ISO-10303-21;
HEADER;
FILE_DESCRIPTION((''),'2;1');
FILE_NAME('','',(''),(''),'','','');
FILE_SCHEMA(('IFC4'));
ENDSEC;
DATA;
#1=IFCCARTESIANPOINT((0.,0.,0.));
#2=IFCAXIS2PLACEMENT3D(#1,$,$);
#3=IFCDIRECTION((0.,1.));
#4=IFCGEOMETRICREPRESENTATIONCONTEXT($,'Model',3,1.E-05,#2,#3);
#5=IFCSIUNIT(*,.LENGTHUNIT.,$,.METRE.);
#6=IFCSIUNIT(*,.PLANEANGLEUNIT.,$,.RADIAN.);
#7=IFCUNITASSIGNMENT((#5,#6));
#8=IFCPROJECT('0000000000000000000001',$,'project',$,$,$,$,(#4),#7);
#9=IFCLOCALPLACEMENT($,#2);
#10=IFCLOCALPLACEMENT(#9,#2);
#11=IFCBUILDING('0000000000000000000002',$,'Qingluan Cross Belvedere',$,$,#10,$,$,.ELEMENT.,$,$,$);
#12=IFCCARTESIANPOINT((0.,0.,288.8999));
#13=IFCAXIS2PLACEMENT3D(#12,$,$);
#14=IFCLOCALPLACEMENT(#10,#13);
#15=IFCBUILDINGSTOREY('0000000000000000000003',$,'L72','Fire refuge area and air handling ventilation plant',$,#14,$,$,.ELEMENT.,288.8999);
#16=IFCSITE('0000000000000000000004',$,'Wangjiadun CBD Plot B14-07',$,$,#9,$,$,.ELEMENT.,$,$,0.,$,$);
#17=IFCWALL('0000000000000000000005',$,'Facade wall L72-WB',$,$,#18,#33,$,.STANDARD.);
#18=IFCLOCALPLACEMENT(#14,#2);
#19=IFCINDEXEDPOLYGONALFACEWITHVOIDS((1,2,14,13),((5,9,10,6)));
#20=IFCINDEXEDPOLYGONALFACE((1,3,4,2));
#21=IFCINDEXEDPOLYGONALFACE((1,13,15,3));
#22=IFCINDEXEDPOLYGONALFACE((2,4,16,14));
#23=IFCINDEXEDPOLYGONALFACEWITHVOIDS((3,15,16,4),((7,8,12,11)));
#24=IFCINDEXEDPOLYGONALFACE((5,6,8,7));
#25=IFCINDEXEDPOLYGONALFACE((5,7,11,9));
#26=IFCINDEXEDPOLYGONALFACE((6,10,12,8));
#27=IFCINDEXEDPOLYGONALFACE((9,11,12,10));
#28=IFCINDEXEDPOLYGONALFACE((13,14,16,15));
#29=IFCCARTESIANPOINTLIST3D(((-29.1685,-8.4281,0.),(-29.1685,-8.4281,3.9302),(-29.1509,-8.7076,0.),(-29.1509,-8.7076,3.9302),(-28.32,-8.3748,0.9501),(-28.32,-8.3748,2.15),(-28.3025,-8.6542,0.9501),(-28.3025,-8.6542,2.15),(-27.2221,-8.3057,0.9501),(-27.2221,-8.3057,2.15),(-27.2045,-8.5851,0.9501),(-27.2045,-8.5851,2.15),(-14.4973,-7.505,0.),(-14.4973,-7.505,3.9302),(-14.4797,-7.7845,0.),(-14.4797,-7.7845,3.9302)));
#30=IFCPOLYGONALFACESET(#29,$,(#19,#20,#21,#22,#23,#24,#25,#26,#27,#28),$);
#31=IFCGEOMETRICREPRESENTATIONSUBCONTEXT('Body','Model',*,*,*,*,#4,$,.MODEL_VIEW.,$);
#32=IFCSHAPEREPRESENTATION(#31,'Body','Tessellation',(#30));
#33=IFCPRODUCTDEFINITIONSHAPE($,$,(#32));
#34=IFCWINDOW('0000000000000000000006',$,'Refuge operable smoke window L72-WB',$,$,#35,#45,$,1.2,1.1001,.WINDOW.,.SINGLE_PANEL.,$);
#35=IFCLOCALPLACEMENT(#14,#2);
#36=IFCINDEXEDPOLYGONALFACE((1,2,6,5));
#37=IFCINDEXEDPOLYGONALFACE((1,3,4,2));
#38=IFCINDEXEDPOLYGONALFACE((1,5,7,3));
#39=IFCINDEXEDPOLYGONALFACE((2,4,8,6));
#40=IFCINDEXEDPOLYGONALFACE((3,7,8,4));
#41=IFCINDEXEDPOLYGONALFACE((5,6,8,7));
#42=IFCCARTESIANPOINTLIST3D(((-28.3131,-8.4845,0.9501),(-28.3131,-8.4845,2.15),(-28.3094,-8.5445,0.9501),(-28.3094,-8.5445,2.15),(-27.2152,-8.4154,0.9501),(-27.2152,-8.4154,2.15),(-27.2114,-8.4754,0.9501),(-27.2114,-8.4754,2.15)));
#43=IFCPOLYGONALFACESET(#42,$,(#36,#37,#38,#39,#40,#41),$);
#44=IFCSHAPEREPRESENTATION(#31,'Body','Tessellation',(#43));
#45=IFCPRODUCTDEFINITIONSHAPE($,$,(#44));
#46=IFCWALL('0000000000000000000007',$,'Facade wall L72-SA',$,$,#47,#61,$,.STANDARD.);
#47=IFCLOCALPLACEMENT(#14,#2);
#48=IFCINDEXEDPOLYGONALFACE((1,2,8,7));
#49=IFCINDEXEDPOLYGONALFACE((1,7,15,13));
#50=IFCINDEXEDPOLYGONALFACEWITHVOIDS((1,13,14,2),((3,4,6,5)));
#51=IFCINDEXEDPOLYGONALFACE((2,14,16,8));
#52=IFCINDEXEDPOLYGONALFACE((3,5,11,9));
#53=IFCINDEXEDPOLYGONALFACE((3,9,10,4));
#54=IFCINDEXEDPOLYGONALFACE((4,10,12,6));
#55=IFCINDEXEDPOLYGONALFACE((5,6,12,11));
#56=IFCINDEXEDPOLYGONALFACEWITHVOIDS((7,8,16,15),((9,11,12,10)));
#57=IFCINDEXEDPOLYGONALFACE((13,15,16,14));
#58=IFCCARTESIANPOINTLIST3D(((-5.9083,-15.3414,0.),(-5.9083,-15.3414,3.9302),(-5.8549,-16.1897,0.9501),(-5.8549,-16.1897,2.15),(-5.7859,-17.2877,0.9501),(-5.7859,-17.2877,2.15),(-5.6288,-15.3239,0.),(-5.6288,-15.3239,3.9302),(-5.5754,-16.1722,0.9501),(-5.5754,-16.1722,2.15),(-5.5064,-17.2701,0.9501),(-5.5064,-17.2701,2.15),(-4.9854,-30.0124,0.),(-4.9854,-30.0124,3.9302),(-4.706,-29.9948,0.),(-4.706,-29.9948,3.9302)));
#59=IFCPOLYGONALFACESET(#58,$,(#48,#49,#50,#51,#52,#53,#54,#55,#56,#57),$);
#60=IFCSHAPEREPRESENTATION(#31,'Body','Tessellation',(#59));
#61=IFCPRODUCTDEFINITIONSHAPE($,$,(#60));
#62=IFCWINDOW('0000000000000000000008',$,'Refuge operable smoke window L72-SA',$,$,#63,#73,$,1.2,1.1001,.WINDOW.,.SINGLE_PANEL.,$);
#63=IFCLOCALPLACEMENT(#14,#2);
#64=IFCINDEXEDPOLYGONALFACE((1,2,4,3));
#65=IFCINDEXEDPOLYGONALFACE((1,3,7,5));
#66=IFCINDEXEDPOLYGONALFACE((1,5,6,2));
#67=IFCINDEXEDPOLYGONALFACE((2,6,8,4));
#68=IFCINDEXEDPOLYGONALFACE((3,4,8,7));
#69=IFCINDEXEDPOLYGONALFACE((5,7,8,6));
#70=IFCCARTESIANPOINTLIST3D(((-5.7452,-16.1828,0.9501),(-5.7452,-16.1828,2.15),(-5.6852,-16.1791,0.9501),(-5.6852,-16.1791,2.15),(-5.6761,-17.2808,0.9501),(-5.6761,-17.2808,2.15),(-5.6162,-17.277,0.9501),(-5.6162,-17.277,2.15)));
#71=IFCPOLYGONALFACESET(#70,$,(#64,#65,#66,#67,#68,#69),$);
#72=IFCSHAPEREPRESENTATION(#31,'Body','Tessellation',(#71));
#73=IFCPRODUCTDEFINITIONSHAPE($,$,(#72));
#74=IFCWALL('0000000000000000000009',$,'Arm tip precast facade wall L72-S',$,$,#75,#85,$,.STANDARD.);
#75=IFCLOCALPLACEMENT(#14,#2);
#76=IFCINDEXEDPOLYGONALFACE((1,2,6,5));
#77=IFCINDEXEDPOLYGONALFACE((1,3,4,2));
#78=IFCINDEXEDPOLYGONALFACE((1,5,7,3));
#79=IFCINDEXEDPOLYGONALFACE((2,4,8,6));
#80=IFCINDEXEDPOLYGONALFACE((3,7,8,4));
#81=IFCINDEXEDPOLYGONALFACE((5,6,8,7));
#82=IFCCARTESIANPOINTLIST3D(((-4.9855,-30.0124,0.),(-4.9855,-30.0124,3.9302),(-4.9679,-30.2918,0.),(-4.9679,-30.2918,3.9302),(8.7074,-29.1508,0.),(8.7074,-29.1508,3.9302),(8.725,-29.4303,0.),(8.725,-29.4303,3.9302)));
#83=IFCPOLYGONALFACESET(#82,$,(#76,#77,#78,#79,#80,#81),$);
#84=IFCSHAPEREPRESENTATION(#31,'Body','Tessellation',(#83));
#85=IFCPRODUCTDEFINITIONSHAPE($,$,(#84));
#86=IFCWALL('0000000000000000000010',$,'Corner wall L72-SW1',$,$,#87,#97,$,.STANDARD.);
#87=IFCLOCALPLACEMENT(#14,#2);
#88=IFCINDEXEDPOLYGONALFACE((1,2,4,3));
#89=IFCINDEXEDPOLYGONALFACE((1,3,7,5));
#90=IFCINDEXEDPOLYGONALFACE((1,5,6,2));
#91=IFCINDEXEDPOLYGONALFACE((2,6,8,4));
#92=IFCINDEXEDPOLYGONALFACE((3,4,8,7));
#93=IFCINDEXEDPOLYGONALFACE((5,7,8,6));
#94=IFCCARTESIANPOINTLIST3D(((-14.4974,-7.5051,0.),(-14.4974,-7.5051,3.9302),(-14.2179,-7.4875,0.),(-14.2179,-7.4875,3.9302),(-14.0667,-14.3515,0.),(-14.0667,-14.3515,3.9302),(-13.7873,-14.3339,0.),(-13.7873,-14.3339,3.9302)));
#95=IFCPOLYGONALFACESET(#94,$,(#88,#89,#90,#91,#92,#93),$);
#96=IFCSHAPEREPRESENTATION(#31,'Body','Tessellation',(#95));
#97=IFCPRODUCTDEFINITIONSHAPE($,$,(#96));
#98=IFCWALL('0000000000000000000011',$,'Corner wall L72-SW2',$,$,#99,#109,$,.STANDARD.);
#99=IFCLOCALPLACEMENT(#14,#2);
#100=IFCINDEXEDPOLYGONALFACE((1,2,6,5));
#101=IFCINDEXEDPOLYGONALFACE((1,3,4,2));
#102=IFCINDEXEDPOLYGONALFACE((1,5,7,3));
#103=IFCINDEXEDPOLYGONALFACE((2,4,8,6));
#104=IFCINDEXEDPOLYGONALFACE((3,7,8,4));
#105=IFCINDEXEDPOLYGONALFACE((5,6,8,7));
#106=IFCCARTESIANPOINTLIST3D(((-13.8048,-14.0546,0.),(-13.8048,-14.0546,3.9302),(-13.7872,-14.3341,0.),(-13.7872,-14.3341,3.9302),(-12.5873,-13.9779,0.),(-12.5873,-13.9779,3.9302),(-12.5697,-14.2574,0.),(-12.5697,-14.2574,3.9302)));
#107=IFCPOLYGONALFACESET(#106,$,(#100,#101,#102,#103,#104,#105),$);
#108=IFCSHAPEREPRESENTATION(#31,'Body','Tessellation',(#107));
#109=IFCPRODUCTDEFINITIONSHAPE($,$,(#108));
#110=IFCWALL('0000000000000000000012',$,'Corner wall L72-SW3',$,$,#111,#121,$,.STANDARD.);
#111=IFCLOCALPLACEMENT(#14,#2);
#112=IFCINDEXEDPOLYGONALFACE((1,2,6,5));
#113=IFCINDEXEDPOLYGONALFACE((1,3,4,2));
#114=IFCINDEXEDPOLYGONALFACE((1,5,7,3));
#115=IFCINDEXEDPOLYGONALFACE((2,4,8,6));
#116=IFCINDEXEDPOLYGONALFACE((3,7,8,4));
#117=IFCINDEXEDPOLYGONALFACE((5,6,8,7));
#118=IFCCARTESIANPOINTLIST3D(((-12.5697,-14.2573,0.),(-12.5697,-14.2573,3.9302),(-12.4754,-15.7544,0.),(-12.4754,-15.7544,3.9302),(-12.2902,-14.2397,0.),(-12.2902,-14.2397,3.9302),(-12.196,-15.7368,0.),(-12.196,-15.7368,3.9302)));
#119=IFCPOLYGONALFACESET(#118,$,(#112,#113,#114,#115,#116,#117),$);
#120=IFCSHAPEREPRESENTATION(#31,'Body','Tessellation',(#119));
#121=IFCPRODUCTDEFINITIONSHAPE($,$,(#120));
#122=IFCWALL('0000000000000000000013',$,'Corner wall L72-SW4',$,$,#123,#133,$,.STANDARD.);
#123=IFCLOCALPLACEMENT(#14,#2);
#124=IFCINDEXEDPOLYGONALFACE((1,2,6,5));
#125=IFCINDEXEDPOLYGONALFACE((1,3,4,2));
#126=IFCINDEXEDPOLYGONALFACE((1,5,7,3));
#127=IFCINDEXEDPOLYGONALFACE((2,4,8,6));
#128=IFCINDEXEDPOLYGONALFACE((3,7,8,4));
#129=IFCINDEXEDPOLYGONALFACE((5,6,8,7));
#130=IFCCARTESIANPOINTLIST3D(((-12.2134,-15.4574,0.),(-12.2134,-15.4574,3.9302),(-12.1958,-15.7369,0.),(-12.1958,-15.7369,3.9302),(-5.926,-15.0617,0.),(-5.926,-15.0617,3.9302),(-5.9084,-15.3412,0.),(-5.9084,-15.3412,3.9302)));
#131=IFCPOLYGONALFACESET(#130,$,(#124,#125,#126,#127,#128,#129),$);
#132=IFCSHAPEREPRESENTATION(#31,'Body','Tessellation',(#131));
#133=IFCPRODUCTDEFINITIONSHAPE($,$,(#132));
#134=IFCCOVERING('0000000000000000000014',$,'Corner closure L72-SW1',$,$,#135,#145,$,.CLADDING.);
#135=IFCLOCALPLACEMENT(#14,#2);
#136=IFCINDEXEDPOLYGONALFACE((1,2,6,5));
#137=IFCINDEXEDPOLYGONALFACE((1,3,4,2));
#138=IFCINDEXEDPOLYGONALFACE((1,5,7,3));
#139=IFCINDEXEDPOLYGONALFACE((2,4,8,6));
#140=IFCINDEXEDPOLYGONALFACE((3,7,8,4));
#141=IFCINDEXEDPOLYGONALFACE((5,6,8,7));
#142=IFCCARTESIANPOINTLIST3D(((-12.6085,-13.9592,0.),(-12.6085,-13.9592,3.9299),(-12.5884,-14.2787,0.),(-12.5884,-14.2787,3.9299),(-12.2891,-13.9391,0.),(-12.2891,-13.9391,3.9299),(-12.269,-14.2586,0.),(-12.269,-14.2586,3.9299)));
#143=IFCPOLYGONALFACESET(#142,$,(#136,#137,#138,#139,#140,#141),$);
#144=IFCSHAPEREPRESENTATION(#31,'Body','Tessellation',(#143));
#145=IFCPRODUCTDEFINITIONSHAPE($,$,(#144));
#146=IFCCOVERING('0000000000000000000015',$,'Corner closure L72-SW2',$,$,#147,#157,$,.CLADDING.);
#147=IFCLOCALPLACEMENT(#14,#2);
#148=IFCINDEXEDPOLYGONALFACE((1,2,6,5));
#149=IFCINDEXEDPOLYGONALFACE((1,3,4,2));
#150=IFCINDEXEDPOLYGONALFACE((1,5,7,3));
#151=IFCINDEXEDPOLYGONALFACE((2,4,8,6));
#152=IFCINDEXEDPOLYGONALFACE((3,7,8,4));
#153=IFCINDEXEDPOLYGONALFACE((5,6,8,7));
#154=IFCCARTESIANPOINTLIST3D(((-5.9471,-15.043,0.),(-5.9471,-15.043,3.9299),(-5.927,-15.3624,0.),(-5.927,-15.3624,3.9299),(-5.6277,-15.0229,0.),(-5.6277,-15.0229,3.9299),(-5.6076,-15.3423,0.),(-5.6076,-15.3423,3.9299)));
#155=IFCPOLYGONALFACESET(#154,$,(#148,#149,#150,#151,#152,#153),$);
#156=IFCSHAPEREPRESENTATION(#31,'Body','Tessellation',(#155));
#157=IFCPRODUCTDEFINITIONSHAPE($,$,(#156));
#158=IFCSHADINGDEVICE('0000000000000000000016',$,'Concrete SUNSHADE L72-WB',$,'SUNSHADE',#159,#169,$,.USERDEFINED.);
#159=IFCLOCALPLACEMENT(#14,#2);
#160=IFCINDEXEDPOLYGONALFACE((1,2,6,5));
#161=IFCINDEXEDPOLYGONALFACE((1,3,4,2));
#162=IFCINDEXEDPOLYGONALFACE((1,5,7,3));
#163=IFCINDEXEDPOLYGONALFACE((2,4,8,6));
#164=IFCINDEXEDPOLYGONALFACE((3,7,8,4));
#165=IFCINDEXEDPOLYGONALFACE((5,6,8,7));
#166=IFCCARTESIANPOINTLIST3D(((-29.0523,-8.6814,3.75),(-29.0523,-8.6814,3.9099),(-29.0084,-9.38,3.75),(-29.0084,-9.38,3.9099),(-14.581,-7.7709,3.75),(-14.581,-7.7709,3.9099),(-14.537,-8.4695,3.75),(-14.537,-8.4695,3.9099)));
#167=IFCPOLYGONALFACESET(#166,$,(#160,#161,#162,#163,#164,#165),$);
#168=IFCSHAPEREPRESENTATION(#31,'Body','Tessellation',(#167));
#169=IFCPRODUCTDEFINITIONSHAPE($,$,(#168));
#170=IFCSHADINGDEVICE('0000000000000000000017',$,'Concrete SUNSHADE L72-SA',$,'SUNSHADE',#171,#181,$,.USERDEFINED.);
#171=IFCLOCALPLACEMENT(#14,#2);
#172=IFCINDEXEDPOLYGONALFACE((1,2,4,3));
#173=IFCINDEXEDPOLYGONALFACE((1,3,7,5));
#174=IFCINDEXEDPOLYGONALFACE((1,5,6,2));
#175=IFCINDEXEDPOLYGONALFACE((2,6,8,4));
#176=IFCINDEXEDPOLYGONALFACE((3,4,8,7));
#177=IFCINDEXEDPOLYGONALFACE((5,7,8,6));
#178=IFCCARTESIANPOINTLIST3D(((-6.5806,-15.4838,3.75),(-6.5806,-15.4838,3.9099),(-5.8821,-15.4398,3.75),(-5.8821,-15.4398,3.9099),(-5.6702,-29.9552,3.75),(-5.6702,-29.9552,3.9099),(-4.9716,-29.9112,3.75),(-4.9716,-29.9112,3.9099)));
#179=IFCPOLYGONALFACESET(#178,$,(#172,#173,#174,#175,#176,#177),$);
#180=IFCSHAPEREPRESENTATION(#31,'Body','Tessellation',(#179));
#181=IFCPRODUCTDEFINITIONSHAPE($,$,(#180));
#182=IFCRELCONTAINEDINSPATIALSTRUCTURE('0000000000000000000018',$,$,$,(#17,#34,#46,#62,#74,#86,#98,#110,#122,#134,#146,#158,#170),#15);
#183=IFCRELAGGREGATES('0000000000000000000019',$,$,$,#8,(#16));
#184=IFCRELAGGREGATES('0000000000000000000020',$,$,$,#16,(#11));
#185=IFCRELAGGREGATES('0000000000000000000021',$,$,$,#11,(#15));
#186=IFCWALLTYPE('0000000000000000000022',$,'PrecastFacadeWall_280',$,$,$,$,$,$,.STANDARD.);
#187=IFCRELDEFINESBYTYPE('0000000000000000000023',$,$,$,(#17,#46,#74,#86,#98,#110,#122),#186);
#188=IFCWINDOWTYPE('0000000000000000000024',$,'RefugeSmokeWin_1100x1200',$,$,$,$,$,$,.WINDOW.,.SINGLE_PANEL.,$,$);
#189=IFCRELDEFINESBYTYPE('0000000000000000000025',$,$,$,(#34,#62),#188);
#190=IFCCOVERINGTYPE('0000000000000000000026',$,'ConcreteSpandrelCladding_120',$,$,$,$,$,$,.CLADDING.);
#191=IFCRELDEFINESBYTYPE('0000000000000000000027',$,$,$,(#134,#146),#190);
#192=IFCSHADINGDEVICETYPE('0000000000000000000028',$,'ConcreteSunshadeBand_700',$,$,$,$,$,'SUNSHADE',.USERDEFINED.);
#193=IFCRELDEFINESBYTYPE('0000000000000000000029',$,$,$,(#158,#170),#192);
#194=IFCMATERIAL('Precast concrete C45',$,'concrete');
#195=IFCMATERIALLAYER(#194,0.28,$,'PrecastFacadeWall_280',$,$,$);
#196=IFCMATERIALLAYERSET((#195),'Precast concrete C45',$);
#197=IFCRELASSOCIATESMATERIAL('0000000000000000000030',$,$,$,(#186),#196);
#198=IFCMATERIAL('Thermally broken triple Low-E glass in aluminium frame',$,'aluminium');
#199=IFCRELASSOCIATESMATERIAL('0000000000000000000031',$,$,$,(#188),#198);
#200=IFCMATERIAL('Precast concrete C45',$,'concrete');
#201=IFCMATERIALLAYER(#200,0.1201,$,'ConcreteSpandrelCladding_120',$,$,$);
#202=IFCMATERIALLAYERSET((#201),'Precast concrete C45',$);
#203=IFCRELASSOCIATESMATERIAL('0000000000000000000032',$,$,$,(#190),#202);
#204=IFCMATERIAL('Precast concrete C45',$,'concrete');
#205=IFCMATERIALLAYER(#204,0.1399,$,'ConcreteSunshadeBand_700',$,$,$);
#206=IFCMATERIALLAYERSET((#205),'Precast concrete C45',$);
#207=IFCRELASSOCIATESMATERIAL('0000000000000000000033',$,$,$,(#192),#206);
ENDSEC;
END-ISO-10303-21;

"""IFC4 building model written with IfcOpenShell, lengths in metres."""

from ifc_helpers import new_model, si_unit, direction, frame, frame_2d, origin, origin_2d, place, context, subcontext, project, spatial, rectangle, extrude, material, layer, layer_set, type_object, element, fill, save


model = new_model("IFC4")

# Units and contexts
model_context = context("Model", 3, precision=1e-05, world=origin(), true_north=direction((0.0, 1.0)))
body_context = subcontext(model_context, "Body", "Model", "MODEL_VIEW")
ifc_project = project(units=[si_unit("LENGTHUNIT", "METRE"), si_unit("PLANEANGLEUNIT", "RADIAN")], contexts=[model_context])

# Site, building, storey
site_placement = place(None, origin())
site = spatial("IfcSite", under=ifc_project, at=site_placement, Name="Wangjiadun CBD Plot B14-07", CompositionType="ELEMENT", RefElevation=0.0)
building_placement = place(site_placement, origin())
building = spatial("IfcBuilding", under=site, at=building_placement, Name="Qingluan Cross Belvedere", CompositionType="ELEMENT")
storey_placement = place(building_placement, frame((0.0, 0.0, 288.8999)))
storey = spatial("IfcBuildingStorey", under=building, at=storey_placement, Name="L72", Description="Fire refuge area and air handling ventilation plant", CompositionType="ELEMENT", Elevation=288.8999)

# Walls, openings, windows
ifc_material_1 = material(Name="Precast concrete C45", Category="concrete")
ifc_layer_1 = layer(ifc_material_1, 0.28, Name="PrecastFacadeWall_280")
ifc_layer_set_1 = layer_set([ifc_layer_1], Name="Precast concrete C45")
wall_type_1 = type_object("IfcWallType", Name="PrecastFacadeWall_280", PredefinedType="STANDARD", material=ifc_layer_set_1)
wall_1_placement = place(storey_placement, frame((-29.1597, -8.5679, 0.0), z_axis=(0.0, 0.0, 1.0), x_axis=(0.998026, 0.062795, 0.0)))
wall_1 = element("IfcWall", 1, at=wall_1_placement, inside=storey, type_object=wall_type_1, Name="Facade wall L72-WB", PredefinedType="STANDARD", context=body_context, shape_type="SweptSolid", body=[
    extrude(rectangle(XDim=14.7002, YDim=0.28, at=frame_2d((7.3501, 0.0))), origin(), (0.0, 0.0, 1.0), 3.9302),
])
opening_1_placement = place(wall_1_placement, frame((0.8501, 0.0, 0.95)))
opening_1 = element("IfcOpeningElement", 2, at=opening_1_placement, cuts=wall_1, PredefinedType="OPENING", context=body_context, shape_type="SweptSolid", body=[
    extrude(rectangle(XDim=1.1001, YDim=1.2, at=frame_2d((0.55, 0.6001))), frame((0.0, 0.1499, 0.0), z_axis=(0.0, -1.0, 0.0), x_axis=(1.0, 0.0, 0.0)), (0.0, 0.0, 1.0), 0.3),
])
ifc_material_2 = material(Name="Thermally broken triple Low-E glass in aluminium frame", Category="aluminium")
window_type = type_object("IfcWindowType", Name="RefugeSmokeWin_1100x1200", PartitioningType="SINGLE_PANEL", PredefinedType="WINDOW", material=ifc_material_2)
window_1_placement = place(opening_1_placement, origin())
window_1 = element("IfcWindow", 3, at=window_1_placement, inside=storey, type_object=window_type, Name="Refuge operable smoke window L72-WB", OverallHeight=1.2, OverallWidth=1.1001, PartitioningType="SINGLE_PANEL", PredefinedType="WINDOW", context=body_context, shape_type="SweptSolid", body=[
    extrude(rectangle(XDim=1.1001, YDim=1.2, at=frame_2d((0.55, 0.6001))), frame((0.0, 0.03, 0.0), z_axis=(0.0, -1.0, 0.0), x_axis=(1.0, 0.0, 0.0)), (0.0, 0.0, 1.0), 0.0601),
])
fill(opening_1, window_1)
wall_2_placement = place(storey_placement, frame((-5.7686, -15.3325, 0.0), z_axis=(0.0, 0.0, 1.0), x_axis=(0.062779, -0.998027, 0.0)))
wall_2 = element("IfcWall", 4, at=wall_2_placement, inside=storey, type_object=wall_type_1, Name="Facade wall L72-SA", PredefinedType="STANDARD", context=body_context, shape_type="SweptSolid", body=[
    extrude(rectangle(XDim=14.7, YDim=0.28, at=frame_2d((7.3501, 0.0))), origin(), (0.0, 0.0, 1.0), 3.9302),
])
opening_2_placement = place(wall_2_placement, frame((0.8501, 0.0, 0.95)))
opening_2 = element("IfcOpeningElement", 5, at=opening_2_placement, cuts=wall_2, PredefinedType="OPENING", context=body_context, shape_type="SweptSolid", body=[
    extrude(rectangle(XDim=1.1001, YDim=1.2, at=frame_2d((0.55, 0.6001))), frame((0.0, 0.1499, 0.0), z_axis=(0.0, -1.0, 0.0), x_axis=(1.0, 0.0, 0.0)), (0.0, 0.0, 1.0), 0.3),
])
window_2_placement = place(opening_2_placement, origin())
window_2 = element("IfcWindow", 6, at=window_2_placement, inside=storey, type_object=window_type, Name="Refuge operable smoke window L72-SA", OverallHeight=1.2, OverallWidth=1.1001, PartitioningType="SINGLE_PANEL", PredefinedType="WINDOW", context=body_context, shape_type="SweptSolid", body=[
    extrude(rectangle(XDim=1.1001, YDim=1.2, at=frame_2d((0.55, 0.6001))), frame((0.0, 0.03, 0.0), z_axis=(0.0, -1.0, 0.0), x_axis=(1.0, 0.0, 0.0)), (0.0, 0.0, 1.0), 0.0601),
])
fill(opening_2, window_2)

# Walls
wall_3_placement = place(storey_placement, frame((-4.9766, -30.1521, 0.0), z_axis=(0.0, 0.0, 1.0), x_axis=(0.998026, 0.062797, 0.0)))
element("IfcWall", 7, at=wall_3_placement, inside=storey, type_object=wall_type_1, Name="Arm tip precast facade wall L72-S", PredefinedType="STANDARD", context=body_context, shape_type="SweptSolid", body=[
    extrude(rectangle(XDim=13.72, YDim=0.28, at=frame_2d((6.8599, 0.0))), origin(), (0.0, 0.0, 1.0), 3.9302),
])
wall_4_placement = place(storey_placement, frame((-14.3577, -7.4963, 0.0), z_axis=(0.0, 0.0, 1.0), x_axis=(0.062779, -0.998027, 0.0)))
element("IfcWall", 8, at=wall_4_placement, inside=storey, type_object=wall_type_1, Name="Corner wall L72-SW1", PredefinedType="STANDARD", context=body_context, shape_type="SweptSolid", body=[
    extrude(rectangle(XDim=6.8599, YDim=0.28, at=frame_2d((3.4299, 0.0))), origin(), (0.0, 0.0, 1.0), 3.9302),
])
wall_5_placement = place(storey_placement, frame((-13.7959, -14.1943, 0.0), z_axis=(0.0, 0.0, 1.0), x_axis=(0.998024, 0.062839, 0.0)))
element("IfcWall", 9, at=wall_5_placement, inside=storey, type_object=wall_type_1, Name="Corner wall L72-SW2", PredefinedType="STANDARD", context=body_context, shape_type="SweptSolid", body=[
    extrude(rectangle(XDim=1.22, YDim=0.28, at=frame_2d((0.6099, 0.0))), origin(), (0.0, 0.0, 1.0), 3.9302),
])
wall_6_placement = place(storey_placement, frame((-12.4299, -14.2485, 0.0), z_axis=(0.0, 0.0, 1.0), x_axis=(0.062824, -0.998025, 0.0)))
element("IfcWall", 10, at=wall_6_placement, inside=storey, type_object=wall_type_1, Name="Corner wall L72-SW3", PredefinedType="STANDARD", context=body_context, shape_type="SweptSolid", body=[
    extrude(rectangle(XDim=1.5, YDim=0.28, at=frame_2d((0.75, 0.0))), origin(), (0.0, 0.0, 1.0), 3.9302),
])
wall_7_placement = place(storey_placement, frame((-12.2046, -15.5972, 0.0), z_axis=(0.0, 0.0, 1.0), x_axis=(0.998025, 0.06282, 0.0)))
element("IfcWall", 11, at=wall_7_placement, inside=storey, type_object=wall_type_1, Name="Corner wall L72-SW4", PredefinedType="STANDARD", context=body_context, shape_type="SweptSolid", body=[
    extrude(rectangle(XDim=6.2998, YDim=0.28, at=frame_2d((3.1499, 0.0))), origin(), (0.0, 0.0, 1.0), 3.9302),
])

# Coverings
ifc_material_3 = material(Name="Precast concrete C45", Category="concrete")
ifc_layer_2 = layer(ifc_material_3, 0.1201, Name="ConcreteSpandrelCladding_120")
ifc_layer_set_2 = layer_set([ifc_layer_2], Name="Precast concrete C45")
covering_type = type_object("IfcCoveringType", Name="ConcreteSpandrelCladding_120", PredefinedType="CLADDING", material=ifc_layer_set_2)
for number, where, z_axis, x_axis, name in (
    (12, (-12.4387, -14.1089, 0.0), (0.0, 0.0, 1.0), (0.998027, 0.062791, 0.0), "Corner closure L72-SW1"),
    (13, (-5.7773, -15.1926, 0.0), (0.0, 0.0, 1.0), (0.998027, 0.062791, 0.0), "Corner closure L72-SW2"),
):
    element("IfcCovering", number, at=place(storey_placement, frame(where, z_axis=z_axis, x_axis=x_axis)), inside=storey, type_object=covering_type, Name=name, PredefinedType="CLADDING", context=body_context, shape_type="SweptSolid", body=[
        extrude(rectangle(XDim=0.3201, YDim=0.3201, at=origin_2d()), origin(), (0.0, 0.0, 1.0), 3.9299),
    ])

# Shading devices
ifc_material_4 = material(Name="Precast concrete C45", Category="concrete")
ifc_layer_3 = layer(ifc_material_4, 0.1399, Name="ConcreteSunshadeBand_700")
ifc_layer_set_3 = layer_set([ifc_layer_3], Name="Precast concrete C45")
shading_device_type_1 = type_object("IfcShadingDeviceType", Name="ConcreteSunshadeBand_700", ElementType="SUNSHADE", PredefinedType="USERDEFINED", material=ifc_layer_set_3)
for number, where, z_axis, x_axis, name in (
    (14, (-21.7947, -8.5754, 3.75), (0.0, 0.0, 1.0), (0.998026, 0.062796, 0.0), "Concrete SUNSHADE L72-WB"),
    (15, (-5.7761, -22.6975, 3.75), (0.0, 0.0, 1.0), (0.062789, -0.998027, 0.0), "Concrete SUNSHADE L72-SA"),
):
    element("IfcShadingDevice", number, at=place(storey_placement, frame(where, z_axis=z_axis, x_axis=x_axis)), inside=storey, type_object=shading_device_type_1, Name=name, ObjectType="SUNSHADE", PredefinedType="USERDEFINED", context=body_context, shape_type="SweptSolid", body=[
        extrude(rectangle(XDim=14.5, YDim=0.7, at=origin_2d()), origin(), (0.0, 0.0, 1.0), 0.1599),
    ])

save(model, "model.ifc")
